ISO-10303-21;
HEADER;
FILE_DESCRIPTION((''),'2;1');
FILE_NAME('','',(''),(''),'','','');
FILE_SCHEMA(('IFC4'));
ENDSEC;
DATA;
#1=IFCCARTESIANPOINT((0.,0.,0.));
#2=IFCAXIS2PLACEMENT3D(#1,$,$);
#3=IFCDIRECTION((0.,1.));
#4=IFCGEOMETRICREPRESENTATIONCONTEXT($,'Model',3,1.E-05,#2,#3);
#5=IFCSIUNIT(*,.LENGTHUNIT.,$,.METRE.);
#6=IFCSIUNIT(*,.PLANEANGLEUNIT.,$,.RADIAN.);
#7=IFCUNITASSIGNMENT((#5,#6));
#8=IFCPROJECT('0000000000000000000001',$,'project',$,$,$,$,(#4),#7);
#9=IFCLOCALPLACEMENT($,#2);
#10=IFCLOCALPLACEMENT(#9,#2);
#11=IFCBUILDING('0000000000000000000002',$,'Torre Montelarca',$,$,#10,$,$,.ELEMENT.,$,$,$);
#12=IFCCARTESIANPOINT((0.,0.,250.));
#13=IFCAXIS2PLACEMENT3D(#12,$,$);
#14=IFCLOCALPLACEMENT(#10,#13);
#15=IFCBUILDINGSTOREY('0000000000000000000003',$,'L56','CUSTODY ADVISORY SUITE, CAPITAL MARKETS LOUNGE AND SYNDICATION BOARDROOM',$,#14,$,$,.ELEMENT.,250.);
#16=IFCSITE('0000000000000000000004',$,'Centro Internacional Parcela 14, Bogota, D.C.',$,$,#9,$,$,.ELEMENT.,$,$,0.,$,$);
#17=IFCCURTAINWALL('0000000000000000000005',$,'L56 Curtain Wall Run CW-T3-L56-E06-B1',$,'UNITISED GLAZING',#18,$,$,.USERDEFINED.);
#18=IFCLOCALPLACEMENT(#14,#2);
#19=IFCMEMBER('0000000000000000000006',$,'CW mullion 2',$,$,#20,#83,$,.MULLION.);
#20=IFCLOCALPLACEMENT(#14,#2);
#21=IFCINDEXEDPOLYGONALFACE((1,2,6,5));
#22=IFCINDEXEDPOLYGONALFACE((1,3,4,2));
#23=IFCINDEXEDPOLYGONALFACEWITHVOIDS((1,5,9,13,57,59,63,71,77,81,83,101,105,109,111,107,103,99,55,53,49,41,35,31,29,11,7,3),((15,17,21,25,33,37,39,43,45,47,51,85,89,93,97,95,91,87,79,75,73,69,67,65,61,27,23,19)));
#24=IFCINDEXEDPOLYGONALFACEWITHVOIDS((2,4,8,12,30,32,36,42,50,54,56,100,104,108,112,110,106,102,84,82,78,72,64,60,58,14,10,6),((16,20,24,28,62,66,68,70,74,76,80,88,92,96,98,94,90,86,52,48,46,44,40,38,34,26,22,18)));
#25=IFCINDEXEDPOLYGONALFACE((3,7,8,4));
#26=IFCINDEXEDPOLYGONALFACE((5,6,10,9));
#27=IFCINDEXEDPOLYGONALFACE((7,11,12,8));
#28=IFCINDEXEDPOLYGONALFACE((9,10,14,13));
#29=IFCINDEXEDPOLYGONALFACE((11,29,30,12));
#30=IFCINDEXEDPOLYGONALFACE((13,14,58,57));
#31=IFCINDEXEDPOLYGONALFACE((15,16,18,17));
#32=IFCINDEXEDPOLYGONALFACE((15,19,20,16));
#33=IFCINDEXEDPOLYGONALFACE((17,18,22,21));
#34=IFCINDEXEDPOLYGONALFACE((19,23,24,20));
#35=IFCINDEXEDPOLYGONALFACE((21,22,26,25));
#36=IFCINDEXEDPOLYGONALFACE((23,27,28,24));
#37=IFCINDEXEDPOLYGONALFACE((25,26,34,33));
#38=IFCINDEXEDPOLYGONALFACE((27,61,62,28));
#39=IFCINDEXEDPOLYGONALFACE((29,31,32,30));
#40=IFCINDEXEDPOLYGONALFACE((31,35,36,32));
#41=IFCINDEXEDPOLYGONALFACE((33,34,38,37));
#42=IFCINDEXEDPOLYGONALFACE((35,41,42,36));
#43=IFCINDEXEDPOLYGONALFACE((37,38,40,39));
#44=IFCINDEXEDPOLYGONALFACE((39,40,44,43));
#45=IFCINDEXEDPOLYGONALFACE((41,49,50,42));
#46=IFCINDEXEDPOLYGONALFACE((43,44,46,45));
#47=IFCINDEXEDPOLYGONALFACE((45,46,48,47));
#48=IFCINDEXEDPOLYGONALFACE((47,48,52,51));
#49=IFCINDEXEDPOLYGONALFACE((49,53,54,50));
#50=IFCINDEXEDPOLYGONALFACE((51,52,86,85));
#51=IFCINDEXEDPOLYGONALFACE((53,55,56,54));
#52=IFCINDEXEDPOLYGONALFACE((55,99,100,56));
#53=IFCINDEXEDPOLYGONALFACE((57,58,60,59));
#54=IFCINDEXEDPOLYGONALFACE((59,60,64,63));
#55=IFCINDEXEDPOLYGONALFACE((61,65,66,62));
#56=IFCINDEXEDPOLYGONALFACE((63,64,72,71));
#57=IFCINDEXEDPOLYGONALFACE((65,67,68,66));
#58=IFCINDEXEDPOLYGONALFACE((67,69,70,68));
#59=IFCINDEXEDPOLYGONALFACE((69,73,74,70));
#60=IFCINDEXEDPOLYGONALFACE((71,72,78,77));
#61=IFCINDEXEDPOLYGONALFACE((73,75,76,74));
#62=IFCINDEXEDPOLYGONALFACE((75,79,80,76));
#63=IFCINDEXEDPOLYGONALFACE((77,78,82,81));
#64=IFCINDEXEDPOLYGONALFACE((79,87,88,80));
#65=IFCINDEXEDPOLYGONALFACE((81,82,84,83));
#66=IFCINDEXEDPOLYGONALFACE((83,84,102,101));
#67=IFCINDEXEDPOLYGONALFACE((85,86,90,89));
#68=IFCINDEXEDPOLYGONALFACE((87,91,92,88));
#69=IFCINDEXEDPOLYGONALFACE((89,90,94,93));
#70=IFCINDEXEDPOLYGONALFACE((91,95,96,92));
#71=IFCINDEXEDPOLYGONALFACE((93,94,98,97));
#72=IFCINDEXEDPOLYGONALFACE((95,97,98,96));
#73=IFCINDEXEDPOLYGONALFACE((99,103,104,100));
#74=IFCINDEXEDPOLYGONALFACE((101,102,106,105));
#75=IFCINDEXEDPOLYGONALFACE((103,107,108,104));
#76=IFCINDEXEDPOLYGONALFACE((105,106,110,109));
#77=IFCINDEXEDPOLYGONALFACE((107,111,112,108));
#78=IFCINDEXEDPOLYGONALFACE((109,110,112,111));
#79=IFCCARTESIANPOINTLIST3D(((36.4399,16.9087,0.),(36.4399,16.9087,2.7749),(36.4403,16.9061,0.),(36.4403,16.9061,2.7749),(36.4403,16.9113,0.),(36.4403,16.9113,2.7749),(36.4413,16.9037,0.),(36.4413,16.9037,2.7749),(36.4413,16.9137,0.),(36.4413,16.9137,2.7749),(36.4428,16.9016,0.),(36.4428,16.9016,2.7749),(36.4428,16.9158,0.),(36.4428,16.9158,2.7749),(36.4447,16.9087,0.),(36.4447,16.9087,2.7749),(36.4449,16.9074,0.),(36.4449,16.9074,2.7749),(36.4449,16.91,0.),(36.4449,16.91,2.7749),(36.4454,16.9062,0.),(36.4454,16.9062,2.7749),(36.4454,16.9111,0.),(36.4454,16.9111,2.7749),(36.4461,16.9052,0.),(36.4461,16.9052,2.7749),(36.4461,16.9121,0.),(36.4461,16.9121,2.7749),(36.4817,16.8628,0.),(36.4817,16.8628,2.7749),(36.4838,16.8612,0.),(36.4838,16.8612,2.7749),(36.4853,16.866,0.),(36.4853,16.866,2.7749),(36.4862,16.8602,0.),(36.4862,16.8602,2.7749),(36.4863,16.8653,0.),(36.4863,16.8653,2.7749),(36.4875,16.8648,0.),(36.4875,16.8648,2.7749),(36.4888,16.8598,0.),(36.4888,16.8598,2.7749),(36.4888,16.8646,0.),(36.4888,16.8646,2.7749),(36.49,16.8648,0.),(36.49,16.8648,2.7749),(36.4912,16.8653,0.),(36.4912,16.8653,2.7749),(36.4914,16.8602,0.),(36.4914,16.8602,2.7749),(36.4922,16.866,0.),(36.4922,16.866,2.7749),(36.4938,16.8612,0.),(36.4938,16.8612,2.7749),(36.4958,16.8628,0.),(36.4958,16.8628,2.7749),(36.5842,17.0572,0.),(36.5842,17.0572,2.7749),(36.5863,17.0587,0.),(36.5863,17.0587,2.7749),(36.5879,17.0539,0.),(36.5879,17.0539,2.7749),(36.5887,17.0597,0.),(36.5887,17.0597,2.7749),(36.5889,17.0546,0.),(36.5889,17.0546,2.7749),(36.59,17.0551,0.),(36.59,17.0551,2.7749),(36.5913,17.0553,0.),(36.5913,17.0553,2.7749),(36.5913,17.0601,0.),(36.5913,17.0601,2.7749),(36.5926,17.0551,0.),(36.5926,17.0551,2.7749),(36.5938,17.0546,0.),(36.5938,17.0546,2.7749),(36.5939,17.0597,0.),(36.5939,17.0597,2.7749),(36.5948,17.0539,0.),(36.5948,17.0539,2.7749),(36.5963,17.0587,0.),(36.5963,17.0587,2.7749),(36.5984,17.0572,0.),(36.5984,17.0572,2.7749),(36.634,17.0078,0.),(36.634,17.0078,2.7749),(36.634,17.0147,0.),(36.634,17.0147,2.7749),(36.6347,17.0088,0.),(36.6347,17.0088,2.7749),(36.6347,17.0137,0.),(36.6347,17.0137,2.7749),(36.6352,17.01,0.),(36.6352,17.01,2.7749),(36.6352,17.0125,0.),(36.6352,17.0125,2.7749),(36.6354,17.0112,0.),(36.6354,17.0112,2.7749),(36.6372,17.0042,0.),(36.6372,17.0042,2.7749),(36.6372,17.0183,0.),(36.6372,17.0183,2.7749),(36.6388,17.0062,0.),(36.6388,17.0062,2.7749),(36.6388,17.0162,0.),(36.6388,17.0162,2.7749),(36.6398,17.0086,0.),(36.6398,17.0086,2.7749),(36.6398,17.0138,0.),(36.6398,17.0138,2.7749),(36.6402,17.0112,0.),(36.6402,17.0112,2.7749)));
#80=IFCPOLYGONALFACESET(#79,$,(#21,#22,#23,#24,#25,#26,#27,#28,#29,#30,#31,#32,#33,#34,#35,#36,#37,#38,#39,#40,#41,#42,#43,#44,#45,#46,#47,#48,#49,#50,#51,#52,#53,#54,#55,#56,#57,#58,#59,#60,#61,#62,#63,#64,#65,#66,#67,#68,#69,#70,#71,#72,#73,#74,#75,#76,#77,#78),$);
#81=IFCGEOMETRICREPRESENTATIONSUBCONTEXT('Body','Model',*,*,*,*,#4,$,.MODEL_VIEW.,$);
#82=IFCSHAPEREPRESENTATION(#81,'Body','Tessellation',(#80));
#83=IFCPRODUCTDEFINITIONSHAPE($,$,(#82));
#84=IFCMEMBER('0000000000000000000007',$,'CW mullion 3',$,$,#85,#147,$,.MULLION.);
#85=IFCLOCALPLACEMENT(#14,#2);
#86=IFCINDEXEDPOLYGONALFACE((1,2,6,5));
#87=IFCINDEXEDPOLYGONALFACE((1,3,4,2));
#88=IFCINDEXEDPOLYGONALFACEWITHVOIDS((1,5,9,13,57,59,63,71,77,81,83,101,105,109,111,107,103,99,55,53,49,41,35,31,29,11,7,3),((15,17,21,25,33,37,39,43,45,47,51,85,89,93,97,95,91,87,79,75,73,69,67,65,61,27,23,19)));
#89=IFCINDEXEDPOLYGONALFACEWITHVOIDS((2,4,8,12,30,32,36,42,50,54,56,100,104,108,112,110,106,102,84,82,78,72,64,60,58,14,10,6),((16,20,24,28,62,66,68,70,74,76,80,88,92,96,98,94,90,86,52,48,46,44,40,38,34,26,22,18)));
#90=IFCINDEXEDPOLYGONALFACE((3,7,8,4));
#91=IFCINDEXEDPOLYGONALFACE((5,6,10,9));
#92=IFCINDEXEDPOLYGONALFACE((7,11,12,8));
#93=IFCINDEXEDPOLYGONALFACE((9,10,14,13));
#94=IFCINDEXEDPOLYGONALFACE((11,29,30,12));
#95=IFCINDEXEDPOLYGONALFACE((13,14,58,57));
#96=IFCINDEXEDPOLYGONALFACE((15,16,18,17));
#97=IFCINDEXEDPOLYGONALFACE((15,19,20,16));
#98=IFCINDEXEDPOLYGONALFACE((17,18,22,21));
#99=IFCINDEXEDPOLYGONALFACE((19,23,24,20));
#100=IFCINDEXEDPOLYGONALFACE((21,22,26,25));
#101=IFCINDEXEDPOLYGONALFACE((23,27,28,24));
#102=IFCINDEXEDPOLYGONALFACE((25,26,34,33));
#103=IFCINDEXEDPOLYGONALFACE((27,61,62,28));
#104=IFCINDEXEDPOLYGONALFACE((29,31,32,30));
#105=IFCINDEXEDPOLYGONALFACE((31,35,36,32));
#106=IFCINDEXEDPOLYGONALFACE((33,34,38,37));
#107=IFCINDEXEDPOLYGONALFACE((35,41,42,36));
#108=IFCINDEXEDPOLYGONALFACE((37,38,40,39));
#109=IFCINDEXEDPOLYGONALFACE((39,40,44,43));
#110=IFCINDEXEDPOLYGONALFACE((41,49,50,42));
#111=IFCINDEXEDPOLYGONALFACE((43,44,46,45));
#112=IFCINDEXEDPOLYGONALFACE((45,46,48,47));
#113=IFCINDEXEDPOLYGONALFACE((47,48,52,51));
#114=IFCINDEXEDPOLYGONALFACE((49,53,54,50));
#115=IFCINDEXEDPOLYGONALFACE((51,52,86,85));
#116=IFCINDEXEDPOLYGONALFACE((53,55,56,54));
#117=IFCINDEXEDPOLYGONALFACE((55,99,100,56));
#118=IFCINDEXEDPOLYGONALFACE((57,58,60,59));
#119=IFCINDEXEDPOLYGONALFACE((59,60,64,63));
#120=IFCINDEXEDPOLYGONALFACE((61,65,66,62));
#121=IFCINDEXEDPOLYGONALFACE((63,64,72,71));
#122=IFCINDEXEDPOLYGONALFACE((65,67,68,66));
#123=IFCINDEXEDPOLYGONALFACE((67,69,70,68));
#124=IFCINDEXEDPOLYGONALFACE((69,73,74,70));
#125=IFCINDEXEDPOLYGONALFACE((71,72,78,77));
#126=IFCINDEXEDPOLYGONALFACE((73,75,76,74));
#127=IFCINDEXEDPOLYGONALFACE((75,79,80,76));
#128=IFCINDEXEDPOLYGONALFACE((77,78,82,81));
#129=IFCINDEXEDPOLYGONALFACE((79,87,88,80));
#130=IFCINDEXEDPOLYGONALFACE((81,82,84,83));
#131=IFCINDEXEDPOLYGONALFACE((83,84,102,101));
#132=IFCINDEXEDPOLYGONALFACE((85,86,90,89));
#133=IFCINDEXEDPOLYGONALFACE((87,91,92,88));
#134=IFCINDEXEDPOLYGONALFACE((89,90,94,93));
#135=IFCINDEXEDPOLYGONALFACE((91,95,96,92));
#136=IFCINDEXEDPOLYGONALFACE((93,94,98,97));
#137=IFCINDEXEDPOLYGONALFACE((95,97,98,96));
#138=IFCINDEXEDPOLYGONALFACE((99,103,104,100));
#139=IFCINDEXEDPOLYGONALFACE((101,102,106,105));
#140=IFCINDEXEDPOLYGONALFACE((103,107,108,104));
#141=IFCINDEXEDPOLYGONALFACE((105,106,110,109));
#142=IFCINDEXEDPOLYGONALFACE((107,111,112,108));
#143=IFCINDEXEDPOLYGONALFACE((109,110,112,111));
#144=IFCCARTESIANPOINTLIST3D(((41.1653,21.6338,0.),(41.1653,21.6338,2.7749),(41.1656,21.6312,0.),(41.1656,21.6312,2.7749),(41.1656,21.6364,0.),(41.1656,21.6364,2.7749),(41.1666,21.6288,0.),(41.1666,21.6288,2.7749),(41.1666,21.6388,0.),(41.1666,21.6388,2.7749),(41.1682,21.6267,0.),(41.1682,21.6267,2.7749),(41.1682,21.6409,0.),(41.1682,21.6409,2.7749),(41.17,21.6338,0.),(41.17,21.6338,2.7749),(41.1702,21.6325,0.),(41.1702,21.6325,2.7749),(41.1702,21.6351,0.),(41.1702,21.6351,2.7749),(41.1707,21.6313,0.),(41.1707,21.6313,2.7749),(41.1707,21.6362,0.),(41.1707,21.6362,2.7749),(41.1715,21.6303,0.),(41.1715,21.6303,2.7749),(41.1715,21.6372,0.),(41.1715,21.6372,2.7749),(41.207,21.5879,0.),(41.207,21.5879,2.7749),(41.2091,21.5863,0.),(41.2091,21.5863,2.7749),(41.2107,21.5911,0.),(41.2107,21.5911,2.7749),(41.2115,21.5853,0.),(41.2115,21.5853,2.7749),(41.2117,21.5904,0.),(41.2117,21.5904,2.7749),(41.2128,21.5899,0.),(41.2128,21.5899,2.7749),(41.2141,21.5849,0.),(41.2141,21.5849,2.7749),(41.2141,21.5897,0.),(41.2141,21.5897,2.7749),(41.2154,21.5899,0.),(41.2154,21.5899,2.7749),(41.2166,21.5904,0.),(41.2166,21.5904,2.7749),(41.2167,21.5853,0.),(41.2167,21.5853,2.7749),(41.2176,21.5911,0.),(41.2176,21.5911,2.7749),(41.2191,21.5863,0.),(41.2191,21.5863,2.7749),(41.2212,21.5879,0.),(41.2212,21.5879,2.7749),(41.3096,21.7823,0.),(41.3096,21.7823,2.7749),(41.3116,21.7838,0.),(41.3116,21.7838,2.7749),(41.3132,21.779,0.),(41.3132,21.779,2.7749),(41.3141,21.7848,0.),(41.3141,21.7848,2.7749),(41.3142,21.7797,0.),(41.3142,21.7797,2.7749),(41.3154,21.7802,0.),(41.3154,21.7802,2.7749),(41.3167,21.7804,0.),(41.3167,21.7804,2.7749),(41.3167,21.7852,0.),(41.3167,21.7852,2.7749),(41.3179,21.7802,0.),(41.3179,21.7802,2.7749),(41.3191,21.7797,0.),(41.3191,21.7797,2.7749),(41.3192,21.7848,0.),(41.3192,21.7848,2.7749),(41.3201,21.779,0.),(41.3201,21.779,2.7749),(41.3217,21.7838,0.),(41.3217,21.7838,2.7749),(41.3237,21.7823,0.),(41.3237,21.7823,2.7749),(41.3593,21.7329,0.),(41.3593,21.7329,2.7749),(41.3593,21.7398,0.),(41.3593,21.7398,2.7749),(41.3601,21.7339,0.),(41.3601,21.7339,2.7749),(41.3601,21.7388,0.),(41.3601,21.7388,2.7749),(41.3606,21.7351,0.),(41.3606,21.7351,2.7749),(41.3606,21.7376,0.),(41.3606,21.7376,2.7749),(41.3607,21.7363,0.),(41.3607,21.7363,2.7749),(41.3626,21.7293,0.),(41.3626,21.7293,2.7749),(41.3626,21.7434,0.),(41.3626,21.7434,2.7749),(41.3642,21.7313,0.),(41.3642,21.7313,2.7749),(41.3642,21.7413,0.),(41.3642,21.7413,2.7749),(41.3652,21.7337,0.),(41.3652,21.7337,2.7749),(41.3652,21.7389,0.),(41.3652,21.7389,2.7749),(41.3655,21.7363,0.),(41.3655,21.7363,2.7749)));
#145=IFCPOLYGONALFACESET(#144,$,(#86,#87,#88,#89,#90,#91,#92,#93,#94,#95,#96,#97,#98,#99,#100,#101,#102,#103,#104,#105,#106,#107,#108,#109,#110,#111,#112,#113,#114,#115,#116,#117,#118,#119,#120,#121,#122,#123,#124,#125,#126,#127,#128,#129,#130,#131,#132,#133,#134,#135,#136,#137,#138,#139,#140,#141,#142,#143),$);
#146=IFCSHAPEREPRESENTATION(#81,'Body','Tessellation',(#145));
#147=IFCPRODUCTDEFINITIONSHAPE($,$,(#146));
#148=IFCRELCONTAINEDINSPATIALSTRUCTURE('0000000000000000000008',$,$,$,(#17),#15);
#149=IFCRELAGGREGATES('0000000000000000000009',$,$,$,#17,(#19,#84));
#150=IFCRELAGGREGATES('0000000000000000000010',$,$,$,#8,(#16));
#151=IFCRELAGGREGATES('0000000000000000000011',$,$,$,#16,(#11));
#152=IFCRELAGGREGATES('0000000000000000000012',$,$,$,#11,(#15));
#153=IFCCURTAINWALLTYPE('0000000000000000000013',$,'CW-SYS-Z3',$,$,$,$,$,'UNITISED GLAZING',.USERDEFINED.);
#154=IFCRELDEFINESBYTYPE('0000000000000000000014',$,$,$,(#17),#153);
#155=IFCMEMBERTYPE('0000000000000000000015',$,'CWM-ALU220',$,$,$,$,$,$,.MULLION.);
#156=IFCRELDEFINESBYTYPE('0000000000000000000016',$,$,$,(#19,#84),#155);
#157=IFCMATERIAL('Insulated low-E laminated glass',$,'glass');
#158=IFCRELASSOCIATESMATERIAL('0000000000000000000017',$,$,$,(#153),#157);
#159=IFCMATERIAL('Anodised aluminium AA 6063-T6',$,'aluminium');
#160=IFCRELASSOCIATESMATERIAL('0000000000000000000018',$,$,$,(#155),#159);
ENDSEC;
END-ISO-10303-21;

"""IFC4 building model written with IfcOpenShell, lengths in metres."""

from ifc_helpers import new_model, si_unit, direction, frame, origin, origin_2d, place, context, subcontext, project, spatial, hollow_rectangle, extrude, source, transform, mapped, material, material_profile, profile_set, type_object, element, aggregate, save


model = new_model("IFC4")

# Units and contexts
model_context = context("Model", 3, precision=1e-05, world=origin(), true_north=direction((0.0, 1.0)))
body_context = subcontext(model_context, "Body", "Model", "MODEL_VIEW")
ifc_project = project(units=[si_unit("LENGTHUNIT", "METRE"), si_unit("PLANEANGLEUNIT", "RADIAN")], contexts=[model_context])

# Site, building, storey
site_placement = place(None, origin())
site = spatial("IfcSite", under=ifc_project, at=site_placement, Name="Centro Internacional Parcela 14, Bogota, D.C.", CompositionType="ELEMENT", RefElevation=0.0)
building_placement = place(site_placement, origin())
building = spatial("IfcBuilding", under=site, at=building_placement, Name="Torre Montelarca", CompositionType="ELEMENT")
storey_placement = place(building_placement, frame((0.0, 0.0, 250.0)))
storey = spatial("IfcBuildingStorey", under=building, at=storey_placement, Name="L56", Description="CUSTODY ADVISORY SUITE, CAPITAL MARKETS LOUNGE AND SYNDICATION BOARDROOM", CompositionType="ELEMENT", Elevation=250.0)

# Curtain wall, members
ifc_material_1 = material(Name="Insulated low-E laminated glass", Category="glass")
curtain_wall_type = type_object("IfcCurtainWallType", Name="CW-SYS-Z3", ElementType="UNITISED GLAZING", PredefinedType="USERDEFINED", material=ifc_material_1)
ifc_material_2 = material(Name="Anodised aluminium AA 6063-T6", Category="aluminium")
ifc_material_profile_1 = material_profile(ifc_material_2, hollow_rectangle(XDim=0.075, YDim=0.22, WallThickness=0.0049, InnerFilletRadius=0.0049, OuterFilletRadius=0.01, at=origin_2d()), Name="ALU75X220X5", Category="aluminium")
ifc_profile_set_1 = profile_set([ifc_material_profile_1], Name="Anodised aluminium AA 6063-T6")
member_type_1 = type_object("IfcMemberType", Name="CWM-ALU220", PredefinedType="MULLION", material=ifc_profile_set_1)
curtain_wall_1_placement = place(storey_placement, origin())
curtain_wall_1 = element("IfcCurtainWall", 1, at=curtain_wall_1_placement, inside=storey, type_object=curtain_wall_type, Name="L56 Curtain Wall Run CW-T3-L56-E06-B1", ObjectType="UNITISED GLAZING", PredefinedType="USERDEFINED")
shared_shape_1 = source(origin(), body_context, "Body", "SweptSolid", [
    extrude(hollow_rectangle(XDim=0.075, YDim=0.22, WallThickness=0.0049, InnerFilletRadius=0.0049, OuterFilletRadius=0.01, at=origin_2d()), origin(), (0.0, 0.0, 1.0), 2.7749),
])
member_1_placement = place(storey_placement, frame((36.54, 16.96, 0.0), z_axis=(0.0, 0.0, 1.0), x_axis=(-0.707107, 0.707107, 0.0)))
member_1 = element("IfcMember", 2, at=member_1_placement, type_object=member_type_1, Name="CW mullion 2", PredefinedType="MULLION", context=body_context, shape_type="MappedRepresentation", body=[
    mapped(shared_shape_1, transform((0.0, 0.0, 0.0), scale=1.0)),
])
member_2_placement = place(storey_placement, frame((41.2654, 21.6851, 0.0), z_axis=(0.0, 0.0, 1.0), x_axis=(-0.707107, 0.707107, 0.0)))
member_2 = element("IfcMember", 3, at=member_2_placement, type_object=member_type_1, Name="CW mullion 3", PredefinedType="MULLION", context=body_context, shape_type="MappedRepresentation", body=[
    mapped(shared_shape_1, transform((0.0, 0.0, 0.0), scale=1.0)),
])

aggregate(curtain_wall_1, [member_1, member_2])

save(model, "model.ifc")
